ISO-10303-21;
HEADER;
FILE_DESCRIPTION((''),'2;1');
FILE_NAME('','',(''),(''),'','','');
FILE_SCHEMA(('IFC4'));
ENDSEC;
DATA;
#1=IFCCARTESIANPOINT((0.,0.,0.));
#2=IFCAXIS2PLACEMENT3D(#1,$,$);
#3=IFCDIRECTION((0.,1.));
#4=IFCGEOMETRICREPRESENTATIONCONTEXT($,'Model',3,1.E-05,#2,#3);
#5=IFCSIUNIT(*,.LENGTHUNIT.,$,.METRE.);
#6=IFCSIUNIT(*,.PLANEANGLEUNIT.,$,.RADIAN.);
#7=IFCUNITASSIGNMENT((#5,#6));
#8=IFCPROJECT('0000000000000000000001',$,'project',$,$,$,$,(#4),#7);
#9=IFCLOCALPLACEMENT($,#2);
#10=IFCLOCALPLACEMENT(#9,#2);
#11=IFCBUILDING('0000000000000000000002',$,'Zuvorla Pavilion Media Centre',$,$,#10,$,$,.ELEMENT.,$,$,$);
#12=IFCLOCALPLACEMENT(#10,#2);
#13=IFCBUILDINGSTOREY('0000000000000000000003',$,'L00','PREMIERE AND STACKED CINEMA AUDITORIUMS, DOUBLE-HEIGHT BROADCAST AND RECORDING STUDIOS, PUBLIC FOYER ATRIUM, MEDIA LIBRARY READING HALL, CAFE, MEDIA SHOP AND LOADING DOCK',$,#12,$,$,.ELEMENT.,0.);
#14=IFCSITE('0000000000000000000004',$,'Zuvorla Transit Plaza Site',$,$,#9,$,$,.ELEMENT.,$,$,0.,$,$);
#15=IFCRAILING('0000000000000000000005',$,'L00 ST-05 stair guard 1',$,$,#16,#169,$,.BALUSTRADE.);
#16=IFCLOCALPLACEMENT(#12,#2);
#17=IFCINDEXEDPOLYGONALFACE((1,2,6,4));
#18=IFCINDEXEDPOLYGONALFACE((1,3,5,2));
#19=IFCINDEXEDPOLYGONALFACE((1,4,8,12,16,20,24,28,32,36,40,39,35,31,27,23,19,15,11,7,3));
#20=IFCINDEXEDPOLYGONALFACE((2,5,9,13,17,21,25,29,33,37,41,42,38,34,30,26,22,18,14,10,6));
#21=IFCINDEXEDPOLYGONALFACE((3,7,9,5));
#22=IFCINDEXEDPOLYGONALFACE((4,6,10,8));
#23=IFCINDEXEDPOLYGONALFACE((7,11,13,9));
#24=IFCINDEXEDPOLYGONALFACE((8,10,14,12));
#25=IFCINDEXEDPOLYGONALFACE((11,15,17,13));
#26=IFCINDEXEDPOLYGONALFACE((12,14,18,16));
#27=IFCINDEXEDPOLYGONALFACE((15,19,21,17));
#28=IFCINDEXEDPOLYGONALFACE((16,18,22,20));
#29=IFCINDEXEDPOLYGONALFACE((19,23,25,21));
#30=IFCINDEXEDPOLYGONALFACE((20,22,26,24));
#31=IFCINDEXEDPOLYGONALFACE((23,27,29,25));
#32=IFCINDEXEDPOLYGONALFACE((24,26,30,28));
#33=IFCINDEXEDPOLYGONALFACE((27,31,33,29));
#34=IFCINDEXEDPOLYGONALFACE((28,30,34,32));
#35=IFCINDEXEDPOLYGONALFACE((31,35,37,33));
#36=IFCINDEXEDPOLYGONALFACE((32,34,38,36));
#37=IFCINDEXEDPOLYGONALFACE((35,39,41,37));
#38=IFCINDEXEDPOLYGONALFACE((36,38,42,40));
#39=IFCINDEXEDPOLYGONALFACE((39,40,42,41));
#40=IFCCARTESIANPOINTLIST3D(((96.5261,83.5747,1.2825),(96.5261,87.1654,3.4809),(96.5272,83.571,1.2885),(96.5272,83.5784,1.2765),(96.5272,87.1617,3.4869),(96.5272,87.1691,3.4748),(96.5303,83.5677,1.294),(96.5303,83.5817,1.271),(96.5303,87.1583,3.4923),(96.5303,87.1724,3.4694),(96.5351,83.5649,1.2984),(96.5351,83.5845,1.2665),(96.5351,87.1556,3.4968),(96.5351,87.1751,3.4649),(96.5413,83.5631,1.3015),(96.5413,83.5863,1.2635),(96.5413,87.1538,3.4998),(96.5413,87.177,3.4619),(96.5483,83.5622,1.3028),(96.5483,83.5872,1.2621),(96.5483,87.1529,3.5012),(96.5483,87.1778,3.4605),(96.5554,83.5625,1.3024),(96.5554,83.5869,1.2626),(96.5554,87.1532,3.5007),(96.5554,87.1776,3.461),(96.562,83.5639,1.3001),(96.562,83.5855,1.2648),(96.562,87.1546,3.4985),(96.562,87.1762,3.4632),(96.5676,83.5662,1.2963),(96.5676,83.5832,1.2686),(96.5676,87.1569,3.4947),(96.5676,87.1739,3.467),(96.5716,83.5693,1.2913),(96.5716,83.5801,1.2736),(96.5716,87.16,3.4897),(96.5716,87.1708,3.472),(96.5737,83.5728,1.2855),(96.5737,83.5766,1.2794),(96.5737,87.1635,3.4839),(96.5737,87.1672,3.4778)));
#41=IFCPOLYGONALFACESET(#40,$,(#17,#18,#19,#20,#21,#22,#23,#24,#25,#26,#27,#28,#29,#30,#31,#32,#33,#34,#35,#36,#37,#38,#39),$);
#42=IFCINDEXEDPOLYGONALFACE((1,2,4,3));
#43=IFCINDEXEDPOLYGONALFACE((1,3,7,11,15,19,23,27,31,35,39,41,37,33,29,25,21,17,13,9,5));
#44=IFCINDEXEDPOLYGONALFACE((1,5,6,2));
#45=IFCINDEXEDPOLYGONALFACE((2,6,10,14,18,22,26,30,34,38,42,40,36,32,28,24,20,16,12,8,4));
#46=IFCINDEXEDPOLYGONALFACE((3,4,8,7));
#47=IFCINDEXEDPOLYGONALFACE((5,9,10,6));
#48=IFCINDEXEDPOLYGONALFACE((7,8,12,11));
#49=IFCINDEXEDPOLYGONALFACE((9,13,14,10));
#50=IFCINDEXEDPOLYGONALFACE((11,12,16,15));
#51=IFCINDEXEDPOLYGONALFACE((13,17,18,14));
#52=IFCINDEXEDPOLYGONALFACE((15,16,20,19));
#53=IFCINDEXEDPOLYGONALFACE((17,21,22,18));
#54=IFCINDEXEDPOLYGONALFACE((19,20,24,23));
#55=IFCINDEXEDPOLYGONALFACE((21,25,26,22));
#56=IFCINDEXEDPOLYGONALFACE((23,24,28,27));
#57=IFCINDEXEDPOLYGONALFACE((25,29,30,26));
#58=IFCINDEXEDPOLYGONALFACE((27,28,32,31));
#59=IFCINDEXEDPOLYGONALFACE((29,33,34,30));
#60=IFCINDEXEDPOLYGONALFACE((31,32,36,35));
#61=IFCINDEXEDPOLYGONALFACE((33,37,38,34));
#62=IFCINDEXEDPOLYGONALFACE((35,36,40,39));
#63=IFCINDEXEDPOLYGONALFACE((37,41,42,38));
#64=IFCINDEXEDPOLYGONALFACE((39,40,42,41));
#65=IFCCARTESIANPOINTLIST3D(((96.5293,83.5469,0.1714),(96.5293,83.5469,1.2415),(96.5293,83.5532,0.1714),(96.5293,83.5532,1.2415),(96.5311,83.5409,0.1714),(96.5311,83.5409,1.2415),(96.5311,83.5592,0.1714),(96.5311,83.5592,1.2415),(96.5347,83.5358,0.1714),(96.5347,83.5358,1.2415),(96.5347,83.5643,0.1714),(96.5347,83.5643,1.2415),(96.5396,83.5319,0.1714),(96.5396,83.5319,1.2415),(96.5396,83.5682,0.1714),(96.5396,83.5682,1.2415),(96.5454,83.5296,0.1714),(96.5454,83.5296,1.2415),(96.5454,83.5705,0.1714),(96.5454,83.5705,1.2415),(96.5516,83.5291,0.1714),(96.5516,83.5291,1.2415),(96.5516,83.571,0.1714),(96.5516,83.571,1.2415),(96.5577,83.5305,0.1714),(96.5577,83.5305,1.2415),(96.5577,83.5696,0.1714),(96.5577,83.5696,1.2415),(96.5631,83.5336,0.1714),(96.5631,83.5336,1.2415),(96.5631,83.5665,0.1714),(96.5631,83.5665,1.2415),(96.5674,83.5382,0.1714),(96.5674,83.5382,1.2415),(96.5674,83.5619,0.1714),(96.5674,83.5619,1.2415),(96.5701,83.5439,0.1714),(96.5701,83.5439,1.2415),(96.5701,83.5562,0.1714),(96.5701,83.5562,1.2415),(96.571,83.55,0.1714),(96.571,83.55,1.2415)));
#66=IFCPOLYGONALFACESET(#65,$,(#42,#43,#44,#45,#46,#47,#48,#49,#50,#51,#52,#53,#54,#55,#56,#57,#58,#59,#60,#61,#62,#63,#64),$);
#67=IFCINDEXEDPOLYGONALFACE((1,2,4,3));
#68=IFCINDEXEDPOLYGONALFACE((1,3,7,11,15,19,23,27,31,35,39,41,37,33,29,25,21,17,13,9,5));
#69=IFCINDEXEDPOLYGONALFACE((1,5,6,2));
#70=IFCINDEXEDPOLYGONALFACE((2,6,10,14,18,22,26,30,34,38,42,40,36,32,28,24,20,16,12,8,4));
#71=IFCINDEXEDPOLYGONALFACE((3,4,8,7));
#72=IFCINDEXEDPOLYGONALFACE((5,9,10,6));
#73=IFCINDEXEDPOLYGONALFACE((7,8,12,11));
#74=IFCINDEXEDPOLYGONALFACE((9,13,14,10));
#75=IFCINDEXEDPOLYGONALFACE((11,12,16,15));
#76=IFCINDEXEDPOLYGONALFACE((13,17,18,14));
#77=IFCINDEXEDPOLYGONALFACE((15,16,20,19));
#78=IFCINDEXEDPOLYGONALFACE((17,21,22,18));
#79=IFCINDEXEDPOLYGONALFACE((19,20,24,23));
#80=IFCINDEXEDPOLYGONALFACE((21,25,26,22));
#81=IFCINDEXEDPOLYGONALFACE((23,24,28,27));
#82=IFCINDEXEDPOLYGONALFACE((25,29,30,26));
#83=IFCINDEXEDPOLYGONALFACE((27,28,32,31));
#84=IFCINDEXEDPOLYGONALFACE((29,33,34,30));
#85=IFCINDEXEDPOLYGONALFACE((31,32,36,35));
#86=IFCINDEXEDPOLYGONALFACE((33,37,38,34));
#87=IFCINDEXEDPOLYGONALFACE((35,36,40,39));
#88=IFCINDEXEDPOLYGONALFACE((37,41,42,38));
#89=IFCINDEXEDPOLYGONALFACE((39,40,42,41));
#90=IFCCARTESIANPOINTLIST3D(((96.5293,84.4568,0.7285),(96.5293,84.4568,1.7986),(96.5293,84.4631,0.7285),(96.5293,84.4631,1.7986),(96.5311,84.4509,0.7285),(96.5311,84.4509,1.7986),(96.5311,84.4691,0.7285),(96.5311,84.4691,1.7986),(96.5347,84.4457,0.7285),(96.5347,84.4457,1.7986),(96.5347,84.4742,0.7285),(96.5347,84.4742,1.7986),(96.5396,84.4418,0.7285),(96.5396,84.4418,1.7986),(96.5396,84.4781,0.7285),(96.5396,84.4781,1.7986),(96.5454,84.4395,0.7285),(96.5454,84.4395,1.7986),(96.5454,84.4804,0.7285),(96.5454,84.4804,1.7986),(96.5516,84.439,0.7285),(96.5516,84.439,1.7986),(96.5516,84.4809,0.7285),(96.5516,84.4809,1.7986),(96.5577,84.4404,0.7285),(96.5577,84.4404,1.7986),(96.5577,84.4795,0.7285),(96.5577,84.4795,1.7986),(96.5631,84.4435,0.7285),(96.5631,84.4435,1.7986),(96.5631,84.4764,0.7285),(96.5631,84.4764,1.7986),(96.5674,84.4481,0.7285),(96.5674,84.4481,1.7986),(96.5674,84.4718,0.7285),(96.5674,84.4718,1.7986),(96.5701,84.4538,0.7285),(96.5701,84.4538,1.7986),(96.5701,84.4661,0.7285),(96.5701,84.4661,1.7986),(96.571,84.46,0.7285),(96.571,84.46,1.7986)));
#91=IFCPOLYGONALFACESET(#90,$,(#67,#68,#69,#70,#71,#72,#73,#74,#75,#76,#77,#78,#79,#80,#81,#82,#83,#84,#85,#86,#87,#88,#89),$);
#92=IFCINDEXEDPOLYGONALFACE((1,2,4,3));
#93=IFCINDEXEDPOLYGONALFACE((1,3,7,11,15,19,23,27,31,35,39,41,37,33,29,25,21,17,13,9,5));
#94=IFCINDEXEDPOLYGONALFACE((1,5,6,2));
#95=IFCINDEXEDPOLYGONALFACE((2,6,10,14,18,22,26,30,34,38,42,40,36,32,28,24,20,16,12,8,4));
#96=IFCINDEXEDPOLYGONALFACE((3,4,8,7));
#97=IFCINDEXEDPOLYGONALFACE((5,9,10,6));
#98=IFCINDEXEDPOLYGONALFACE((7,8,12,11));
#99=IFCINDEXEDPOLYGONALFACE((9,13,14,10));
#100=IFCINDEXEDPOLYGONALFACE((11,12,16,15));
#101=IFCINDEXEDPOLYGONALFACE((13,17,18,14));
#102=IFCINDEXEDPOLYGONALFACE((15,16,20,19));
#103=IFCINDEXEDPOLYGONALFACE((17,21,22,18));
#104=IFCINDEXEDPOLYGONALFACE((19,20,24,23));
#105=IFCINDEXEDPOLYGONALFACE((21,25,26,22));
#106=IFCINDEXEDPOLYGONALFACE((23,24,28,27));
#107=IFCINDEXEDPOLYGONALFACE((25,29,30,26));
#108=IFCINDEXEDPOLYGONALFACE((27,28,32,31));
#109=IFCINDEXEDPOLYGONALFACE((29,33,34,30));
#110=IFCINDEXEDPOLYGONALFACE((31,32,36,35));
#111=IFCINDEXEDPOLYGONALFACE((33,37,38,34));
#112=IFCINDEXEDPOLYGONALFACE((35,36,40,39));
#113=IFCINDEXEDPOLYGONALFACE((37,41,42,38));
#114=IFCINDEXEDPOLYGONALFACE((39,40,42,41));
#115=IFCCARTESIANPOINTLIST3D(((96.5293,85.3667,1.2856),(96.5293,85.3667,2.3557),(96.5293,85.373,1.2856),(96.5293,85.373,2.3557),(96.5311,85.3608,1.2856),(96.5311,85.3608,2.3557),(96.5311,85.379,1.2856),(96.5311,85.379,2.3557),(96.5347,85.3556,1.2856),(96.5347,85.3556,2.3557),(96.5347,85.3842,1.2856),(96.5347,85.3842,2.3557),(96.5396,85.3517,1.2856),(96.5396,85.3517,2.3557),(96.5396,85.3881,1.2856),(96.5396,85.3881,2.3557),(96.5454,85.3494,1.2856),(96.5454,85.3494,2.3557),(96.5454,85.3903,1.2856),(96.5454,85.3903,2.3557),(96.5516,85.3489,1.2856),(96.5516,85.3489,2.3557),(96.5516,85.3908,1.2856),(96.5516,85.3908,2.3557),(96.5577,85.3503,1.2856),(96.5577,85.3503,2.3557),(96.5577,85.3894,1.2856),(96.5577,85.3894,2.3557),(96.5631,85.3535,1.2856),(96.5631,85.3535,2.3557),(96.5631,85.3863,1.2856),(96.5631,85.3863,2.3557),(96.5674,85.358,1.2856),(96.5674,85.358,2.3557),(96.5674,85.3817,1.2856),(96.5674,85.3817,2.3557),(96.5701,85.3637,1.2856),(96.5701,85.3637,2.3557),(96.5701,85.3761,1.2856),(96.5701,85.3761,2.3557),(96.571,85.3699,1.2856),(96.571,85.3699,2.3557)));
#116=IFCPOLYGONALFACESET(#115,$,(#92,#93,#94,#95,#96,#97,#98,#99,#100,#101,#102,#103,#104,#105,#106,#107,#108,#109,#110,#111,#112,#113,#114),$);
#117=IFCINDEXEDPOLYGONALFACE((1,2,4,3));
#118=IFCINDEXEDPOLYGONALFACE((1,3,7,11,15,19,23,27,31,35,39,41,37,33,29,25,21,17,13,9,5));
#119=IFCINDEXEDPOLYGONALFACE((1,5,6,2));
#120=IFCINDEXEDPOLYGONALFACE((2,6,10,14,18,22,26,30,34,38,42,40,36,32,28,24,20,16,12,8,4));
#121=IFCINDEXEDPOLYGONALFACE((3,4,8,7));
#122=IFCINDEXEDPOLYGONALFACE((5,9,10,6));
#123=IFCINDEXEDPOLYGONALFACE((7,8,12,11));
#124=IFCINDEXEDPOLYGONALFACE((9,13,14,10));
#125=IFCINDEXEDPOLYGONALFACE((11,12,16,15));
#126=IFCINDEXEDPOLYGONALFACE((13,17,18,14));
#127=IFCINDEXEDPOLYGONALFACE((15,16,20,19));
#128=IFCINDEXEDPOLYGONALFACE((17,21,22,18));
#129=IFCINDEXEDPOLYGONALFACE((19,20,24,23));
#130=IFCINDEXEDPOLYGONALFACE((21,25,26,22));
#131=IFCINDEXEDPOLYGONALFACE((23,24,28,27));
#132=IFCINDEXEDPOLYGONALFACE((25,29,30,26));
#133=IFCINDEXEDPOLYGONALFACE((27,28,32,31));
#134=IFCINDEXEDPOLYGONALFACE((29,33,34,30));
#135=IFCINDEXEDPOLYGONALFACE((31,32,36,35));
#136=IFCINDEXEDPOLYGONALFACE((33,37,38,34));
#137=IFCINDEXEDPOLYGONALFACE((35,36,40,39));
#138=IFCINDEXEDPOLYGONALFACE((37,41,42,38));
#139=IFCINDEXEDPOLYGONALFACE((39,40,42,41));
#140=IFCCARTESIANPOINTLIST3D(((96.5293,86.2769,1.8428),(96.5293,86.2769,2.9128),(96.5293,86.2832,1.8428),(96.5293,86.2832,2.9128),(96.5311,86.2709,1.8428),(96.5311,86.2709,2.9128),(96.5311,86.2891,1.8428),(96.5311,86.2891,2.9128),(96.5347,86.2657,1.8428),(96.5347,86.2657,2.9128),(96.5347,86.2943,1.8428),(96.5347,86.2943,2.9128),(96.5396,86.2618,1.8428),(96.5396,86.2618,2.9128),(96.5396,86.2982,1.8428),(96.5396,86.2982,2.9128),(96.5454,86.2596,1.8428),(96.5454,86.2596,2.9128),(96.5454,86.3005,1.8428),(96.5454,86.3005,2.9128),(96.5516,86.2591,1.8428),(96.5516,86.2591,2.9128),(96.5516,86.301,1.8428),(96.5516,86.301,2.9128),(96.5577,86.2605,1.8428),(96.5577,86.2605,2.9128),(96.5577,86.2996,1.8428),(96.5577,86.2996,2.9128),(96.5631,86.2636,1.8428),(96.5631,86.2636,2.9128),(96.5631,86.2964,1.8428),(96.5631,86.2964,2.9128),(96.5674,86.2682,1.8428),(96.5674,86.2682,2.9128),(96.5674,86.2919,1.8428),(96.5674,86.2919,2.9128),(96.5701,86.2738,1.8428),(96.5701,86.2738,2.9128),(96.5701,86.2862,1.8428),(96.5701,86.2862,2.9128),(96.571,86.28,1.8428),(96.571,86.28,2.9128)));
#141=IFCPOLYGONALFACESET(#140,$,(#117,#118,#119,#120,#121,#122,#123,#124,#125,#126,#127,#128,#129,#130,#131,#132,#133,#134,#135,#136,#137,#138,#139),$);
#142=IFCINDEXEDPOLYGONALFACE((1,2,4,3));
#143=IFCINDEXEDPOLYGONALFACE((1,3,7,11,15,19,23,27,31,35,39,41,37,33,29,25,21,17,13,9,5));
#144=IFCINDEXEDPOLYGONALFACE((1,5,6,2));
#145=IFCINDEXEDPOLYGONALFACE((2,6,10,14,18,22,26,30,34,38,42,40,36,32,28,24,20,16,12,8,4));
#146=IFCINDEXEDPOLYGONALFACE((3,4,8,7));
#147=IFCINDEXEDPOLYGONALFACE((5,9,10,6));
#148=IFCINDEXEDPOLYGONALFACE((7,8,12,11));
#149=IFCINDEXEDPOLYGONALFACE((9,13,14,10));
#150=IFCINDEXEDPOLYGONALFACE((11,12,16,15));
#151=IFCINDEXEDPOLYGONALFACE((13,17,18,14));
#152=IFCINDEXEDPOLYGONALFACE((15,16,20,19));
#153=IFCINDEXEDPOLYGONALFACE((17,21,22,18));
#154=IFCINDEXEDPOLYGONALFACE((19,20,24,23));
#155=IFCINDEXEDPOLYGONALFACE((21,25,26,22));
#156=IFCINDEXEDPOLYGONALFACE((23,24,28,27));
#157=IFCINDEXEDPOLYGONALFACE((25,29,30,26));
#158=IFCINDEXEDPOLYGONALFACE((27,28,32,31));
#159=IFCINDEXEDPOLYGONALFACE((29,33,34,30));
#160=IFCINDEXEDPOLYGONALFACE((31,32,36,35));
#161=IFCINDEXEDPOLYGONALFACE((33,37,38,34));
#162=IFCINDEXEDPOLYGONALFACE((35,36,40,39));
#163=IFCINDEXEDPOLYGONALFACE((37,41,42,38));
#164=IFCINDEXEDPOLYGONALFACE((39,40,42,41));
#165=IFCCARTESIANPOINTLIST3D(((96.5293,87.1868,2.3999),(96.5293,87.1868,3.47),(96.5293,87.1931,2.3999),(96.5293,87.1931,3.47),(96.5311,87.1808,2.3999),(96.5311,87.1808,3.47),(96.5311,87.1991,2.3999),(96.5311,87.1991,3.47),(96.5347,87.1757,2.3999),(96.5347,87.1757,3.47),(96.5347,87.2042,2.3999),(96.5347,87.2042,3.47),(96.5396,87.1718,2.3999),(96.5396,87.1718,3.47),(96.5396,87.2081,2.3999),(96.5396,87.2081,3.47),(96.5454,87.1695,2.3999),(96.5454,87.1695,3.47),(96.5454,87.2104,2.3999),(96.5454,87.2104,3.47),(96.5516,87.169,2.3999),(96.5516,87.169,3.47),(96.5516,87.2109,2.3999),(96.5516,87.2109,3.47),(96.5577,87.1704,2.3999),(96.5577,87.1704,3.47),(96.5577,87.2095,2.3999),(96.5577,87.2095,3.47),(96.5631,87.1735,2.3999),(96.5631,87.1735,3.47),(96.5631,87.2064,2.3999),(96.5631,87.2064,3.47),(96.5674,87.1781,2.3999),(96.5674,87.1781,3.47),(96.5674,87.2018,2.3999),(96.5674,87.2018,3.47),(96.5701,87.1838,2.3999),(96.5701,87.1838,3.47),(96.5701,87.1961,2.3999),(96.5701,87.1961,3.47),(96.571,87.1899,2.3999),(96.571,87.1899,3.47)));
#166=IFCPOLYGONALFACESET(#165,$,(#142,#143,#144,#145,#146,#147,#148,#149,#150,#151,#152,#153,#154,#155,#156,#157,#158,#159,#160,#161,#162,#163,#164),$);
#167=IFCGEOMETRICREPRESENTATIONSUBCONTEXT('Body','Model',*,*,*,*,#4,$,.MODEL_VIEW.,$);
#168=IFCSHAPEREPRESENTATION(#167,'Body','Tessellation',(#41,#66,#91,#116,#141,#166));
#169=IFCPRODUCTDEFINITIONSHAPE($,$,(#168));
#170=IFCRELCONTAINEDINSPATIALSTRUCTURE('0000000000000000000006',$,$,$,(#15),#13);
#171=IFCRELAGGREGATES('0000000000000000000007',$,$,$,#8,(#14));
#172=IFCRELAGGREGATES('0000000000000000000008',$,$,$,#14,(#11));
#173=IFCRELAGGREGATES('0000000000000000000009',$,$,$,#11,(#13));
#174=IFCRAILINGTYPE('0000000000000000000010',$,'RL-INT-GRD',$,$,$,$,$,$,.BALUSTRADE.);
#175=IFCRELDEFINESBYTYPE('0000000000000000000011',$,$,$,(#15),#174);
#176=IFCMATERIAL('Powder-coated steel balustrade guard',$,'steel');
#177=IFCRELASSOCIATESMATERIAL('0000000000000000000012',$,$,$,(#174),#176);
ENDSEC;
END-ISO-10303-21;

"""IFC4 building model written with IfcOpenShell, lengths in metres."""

from ifc_helpers import new_model, si_unit, direction, frame, origin, origin_2d, place, context, subcontext, project, spatial, circle, extrude, material, type_object, element, save


model = new_model("IFC4")

# Units and contexts
model_context = context("Model", 3, precision=1e-05, world=origin(), true_north=direction((0.0, 1.0)))
body_context = subcontext(model_context, "Body", "Model", "MODEL_VIEW")
ifc_project = project(units=[si_unit("LENGTHUNIT", "METRE"), si_unit("PLANEANGLEUNIT", "RADIAN")], contexts=[model_context])

# Site, building, storey
site_placement = place(None, origin())
site = spatial("IfcSite", under=ifc_project, at=site_placement, Name="Zuvorla Transit Plaza Site", CompositionType="ELEMENT", RefElevation=0.0)
building_placement = place(site_placement, origin())
building = spatial("IfcBuilding", under=site, at=building_placement, Name="Zuvorla Pavilion Media Centre", CompositionType="ELEMENT")
storey_placement = place(building_placement, origin())
storey = spatial("IfcBuildingStorey", under=building, at=storey_placement, Name="L00", Description="PREMIERE AND STACKED CINEMA AUDITORIUMS, DOUBLE-HEIGHT BROADCAST AND RECORDING STUDIOS, PUBLIC FOYER ATRIUM, MEDIA LIBRARY READING HALL, CAFE, MEDIA SHOP AND LOADING DOCK", CompositionType="ELEMENT", Elevation=0.0)

# Railing
ifc_material_1 = material(Name="Powder-coated steel balustrade guard", Category="steel")
railing_type_1 = type_object("IfcRailingType", Name="RL-INT-GRD", PredefinedType="BALUSTRADE", material=ifc_material_1)
railing_1_placement = place(storey_placement, frame((96.55, 83.55, 0.1714)))
element("IfcRailing", 1, at=railing_1_placement, inside=storey, type_object=railing_type_1, Name="L00 ST-05 stair guard 1", PredefinedType="BALUSTRADE", context=body_context, shape_type="SweptSolid", body=[
    extrude(circle(Radius=0.0239, at=origin_2d()), frame((0.0, 0.0247, 1.1111), z_axis=(0.0, 0.85285, 0.522156), x_axis=(-1.0, 0.0, 0.0)), (0.0, 0.0, 1.0), 4.2102),
    extrude(circle(Radius=0.021, at=origin_2d()), origin(), (0.0, 0.0, 1.0), 1.0701),
    extrude(circle(Radius=0.021, at=origin_2d()), frame((0.0, 0.9099, 0.5571)), (0.0, 0.0, 1.0), 1.0701),
    extrude(circle(Radius=0.021, at=origin_2d()), frame((0.0, 1.8198, 1.1143)), (0.0, 0.0, 1.0), 1.0701),
    extrude(circle(Radius=0.021, at=origin_2d()), frame((0.0, 2.73, 1.6714)), (0.0, 0.0, 1.0), 1.0701),
    extrude(circle(Radius=0.021, at=origin_2d()), frame((0.0, 3.6399, 2.2285)), (0.0, 0.0, 1.0), 1.0701),
])

save(model, "model.ifc")
